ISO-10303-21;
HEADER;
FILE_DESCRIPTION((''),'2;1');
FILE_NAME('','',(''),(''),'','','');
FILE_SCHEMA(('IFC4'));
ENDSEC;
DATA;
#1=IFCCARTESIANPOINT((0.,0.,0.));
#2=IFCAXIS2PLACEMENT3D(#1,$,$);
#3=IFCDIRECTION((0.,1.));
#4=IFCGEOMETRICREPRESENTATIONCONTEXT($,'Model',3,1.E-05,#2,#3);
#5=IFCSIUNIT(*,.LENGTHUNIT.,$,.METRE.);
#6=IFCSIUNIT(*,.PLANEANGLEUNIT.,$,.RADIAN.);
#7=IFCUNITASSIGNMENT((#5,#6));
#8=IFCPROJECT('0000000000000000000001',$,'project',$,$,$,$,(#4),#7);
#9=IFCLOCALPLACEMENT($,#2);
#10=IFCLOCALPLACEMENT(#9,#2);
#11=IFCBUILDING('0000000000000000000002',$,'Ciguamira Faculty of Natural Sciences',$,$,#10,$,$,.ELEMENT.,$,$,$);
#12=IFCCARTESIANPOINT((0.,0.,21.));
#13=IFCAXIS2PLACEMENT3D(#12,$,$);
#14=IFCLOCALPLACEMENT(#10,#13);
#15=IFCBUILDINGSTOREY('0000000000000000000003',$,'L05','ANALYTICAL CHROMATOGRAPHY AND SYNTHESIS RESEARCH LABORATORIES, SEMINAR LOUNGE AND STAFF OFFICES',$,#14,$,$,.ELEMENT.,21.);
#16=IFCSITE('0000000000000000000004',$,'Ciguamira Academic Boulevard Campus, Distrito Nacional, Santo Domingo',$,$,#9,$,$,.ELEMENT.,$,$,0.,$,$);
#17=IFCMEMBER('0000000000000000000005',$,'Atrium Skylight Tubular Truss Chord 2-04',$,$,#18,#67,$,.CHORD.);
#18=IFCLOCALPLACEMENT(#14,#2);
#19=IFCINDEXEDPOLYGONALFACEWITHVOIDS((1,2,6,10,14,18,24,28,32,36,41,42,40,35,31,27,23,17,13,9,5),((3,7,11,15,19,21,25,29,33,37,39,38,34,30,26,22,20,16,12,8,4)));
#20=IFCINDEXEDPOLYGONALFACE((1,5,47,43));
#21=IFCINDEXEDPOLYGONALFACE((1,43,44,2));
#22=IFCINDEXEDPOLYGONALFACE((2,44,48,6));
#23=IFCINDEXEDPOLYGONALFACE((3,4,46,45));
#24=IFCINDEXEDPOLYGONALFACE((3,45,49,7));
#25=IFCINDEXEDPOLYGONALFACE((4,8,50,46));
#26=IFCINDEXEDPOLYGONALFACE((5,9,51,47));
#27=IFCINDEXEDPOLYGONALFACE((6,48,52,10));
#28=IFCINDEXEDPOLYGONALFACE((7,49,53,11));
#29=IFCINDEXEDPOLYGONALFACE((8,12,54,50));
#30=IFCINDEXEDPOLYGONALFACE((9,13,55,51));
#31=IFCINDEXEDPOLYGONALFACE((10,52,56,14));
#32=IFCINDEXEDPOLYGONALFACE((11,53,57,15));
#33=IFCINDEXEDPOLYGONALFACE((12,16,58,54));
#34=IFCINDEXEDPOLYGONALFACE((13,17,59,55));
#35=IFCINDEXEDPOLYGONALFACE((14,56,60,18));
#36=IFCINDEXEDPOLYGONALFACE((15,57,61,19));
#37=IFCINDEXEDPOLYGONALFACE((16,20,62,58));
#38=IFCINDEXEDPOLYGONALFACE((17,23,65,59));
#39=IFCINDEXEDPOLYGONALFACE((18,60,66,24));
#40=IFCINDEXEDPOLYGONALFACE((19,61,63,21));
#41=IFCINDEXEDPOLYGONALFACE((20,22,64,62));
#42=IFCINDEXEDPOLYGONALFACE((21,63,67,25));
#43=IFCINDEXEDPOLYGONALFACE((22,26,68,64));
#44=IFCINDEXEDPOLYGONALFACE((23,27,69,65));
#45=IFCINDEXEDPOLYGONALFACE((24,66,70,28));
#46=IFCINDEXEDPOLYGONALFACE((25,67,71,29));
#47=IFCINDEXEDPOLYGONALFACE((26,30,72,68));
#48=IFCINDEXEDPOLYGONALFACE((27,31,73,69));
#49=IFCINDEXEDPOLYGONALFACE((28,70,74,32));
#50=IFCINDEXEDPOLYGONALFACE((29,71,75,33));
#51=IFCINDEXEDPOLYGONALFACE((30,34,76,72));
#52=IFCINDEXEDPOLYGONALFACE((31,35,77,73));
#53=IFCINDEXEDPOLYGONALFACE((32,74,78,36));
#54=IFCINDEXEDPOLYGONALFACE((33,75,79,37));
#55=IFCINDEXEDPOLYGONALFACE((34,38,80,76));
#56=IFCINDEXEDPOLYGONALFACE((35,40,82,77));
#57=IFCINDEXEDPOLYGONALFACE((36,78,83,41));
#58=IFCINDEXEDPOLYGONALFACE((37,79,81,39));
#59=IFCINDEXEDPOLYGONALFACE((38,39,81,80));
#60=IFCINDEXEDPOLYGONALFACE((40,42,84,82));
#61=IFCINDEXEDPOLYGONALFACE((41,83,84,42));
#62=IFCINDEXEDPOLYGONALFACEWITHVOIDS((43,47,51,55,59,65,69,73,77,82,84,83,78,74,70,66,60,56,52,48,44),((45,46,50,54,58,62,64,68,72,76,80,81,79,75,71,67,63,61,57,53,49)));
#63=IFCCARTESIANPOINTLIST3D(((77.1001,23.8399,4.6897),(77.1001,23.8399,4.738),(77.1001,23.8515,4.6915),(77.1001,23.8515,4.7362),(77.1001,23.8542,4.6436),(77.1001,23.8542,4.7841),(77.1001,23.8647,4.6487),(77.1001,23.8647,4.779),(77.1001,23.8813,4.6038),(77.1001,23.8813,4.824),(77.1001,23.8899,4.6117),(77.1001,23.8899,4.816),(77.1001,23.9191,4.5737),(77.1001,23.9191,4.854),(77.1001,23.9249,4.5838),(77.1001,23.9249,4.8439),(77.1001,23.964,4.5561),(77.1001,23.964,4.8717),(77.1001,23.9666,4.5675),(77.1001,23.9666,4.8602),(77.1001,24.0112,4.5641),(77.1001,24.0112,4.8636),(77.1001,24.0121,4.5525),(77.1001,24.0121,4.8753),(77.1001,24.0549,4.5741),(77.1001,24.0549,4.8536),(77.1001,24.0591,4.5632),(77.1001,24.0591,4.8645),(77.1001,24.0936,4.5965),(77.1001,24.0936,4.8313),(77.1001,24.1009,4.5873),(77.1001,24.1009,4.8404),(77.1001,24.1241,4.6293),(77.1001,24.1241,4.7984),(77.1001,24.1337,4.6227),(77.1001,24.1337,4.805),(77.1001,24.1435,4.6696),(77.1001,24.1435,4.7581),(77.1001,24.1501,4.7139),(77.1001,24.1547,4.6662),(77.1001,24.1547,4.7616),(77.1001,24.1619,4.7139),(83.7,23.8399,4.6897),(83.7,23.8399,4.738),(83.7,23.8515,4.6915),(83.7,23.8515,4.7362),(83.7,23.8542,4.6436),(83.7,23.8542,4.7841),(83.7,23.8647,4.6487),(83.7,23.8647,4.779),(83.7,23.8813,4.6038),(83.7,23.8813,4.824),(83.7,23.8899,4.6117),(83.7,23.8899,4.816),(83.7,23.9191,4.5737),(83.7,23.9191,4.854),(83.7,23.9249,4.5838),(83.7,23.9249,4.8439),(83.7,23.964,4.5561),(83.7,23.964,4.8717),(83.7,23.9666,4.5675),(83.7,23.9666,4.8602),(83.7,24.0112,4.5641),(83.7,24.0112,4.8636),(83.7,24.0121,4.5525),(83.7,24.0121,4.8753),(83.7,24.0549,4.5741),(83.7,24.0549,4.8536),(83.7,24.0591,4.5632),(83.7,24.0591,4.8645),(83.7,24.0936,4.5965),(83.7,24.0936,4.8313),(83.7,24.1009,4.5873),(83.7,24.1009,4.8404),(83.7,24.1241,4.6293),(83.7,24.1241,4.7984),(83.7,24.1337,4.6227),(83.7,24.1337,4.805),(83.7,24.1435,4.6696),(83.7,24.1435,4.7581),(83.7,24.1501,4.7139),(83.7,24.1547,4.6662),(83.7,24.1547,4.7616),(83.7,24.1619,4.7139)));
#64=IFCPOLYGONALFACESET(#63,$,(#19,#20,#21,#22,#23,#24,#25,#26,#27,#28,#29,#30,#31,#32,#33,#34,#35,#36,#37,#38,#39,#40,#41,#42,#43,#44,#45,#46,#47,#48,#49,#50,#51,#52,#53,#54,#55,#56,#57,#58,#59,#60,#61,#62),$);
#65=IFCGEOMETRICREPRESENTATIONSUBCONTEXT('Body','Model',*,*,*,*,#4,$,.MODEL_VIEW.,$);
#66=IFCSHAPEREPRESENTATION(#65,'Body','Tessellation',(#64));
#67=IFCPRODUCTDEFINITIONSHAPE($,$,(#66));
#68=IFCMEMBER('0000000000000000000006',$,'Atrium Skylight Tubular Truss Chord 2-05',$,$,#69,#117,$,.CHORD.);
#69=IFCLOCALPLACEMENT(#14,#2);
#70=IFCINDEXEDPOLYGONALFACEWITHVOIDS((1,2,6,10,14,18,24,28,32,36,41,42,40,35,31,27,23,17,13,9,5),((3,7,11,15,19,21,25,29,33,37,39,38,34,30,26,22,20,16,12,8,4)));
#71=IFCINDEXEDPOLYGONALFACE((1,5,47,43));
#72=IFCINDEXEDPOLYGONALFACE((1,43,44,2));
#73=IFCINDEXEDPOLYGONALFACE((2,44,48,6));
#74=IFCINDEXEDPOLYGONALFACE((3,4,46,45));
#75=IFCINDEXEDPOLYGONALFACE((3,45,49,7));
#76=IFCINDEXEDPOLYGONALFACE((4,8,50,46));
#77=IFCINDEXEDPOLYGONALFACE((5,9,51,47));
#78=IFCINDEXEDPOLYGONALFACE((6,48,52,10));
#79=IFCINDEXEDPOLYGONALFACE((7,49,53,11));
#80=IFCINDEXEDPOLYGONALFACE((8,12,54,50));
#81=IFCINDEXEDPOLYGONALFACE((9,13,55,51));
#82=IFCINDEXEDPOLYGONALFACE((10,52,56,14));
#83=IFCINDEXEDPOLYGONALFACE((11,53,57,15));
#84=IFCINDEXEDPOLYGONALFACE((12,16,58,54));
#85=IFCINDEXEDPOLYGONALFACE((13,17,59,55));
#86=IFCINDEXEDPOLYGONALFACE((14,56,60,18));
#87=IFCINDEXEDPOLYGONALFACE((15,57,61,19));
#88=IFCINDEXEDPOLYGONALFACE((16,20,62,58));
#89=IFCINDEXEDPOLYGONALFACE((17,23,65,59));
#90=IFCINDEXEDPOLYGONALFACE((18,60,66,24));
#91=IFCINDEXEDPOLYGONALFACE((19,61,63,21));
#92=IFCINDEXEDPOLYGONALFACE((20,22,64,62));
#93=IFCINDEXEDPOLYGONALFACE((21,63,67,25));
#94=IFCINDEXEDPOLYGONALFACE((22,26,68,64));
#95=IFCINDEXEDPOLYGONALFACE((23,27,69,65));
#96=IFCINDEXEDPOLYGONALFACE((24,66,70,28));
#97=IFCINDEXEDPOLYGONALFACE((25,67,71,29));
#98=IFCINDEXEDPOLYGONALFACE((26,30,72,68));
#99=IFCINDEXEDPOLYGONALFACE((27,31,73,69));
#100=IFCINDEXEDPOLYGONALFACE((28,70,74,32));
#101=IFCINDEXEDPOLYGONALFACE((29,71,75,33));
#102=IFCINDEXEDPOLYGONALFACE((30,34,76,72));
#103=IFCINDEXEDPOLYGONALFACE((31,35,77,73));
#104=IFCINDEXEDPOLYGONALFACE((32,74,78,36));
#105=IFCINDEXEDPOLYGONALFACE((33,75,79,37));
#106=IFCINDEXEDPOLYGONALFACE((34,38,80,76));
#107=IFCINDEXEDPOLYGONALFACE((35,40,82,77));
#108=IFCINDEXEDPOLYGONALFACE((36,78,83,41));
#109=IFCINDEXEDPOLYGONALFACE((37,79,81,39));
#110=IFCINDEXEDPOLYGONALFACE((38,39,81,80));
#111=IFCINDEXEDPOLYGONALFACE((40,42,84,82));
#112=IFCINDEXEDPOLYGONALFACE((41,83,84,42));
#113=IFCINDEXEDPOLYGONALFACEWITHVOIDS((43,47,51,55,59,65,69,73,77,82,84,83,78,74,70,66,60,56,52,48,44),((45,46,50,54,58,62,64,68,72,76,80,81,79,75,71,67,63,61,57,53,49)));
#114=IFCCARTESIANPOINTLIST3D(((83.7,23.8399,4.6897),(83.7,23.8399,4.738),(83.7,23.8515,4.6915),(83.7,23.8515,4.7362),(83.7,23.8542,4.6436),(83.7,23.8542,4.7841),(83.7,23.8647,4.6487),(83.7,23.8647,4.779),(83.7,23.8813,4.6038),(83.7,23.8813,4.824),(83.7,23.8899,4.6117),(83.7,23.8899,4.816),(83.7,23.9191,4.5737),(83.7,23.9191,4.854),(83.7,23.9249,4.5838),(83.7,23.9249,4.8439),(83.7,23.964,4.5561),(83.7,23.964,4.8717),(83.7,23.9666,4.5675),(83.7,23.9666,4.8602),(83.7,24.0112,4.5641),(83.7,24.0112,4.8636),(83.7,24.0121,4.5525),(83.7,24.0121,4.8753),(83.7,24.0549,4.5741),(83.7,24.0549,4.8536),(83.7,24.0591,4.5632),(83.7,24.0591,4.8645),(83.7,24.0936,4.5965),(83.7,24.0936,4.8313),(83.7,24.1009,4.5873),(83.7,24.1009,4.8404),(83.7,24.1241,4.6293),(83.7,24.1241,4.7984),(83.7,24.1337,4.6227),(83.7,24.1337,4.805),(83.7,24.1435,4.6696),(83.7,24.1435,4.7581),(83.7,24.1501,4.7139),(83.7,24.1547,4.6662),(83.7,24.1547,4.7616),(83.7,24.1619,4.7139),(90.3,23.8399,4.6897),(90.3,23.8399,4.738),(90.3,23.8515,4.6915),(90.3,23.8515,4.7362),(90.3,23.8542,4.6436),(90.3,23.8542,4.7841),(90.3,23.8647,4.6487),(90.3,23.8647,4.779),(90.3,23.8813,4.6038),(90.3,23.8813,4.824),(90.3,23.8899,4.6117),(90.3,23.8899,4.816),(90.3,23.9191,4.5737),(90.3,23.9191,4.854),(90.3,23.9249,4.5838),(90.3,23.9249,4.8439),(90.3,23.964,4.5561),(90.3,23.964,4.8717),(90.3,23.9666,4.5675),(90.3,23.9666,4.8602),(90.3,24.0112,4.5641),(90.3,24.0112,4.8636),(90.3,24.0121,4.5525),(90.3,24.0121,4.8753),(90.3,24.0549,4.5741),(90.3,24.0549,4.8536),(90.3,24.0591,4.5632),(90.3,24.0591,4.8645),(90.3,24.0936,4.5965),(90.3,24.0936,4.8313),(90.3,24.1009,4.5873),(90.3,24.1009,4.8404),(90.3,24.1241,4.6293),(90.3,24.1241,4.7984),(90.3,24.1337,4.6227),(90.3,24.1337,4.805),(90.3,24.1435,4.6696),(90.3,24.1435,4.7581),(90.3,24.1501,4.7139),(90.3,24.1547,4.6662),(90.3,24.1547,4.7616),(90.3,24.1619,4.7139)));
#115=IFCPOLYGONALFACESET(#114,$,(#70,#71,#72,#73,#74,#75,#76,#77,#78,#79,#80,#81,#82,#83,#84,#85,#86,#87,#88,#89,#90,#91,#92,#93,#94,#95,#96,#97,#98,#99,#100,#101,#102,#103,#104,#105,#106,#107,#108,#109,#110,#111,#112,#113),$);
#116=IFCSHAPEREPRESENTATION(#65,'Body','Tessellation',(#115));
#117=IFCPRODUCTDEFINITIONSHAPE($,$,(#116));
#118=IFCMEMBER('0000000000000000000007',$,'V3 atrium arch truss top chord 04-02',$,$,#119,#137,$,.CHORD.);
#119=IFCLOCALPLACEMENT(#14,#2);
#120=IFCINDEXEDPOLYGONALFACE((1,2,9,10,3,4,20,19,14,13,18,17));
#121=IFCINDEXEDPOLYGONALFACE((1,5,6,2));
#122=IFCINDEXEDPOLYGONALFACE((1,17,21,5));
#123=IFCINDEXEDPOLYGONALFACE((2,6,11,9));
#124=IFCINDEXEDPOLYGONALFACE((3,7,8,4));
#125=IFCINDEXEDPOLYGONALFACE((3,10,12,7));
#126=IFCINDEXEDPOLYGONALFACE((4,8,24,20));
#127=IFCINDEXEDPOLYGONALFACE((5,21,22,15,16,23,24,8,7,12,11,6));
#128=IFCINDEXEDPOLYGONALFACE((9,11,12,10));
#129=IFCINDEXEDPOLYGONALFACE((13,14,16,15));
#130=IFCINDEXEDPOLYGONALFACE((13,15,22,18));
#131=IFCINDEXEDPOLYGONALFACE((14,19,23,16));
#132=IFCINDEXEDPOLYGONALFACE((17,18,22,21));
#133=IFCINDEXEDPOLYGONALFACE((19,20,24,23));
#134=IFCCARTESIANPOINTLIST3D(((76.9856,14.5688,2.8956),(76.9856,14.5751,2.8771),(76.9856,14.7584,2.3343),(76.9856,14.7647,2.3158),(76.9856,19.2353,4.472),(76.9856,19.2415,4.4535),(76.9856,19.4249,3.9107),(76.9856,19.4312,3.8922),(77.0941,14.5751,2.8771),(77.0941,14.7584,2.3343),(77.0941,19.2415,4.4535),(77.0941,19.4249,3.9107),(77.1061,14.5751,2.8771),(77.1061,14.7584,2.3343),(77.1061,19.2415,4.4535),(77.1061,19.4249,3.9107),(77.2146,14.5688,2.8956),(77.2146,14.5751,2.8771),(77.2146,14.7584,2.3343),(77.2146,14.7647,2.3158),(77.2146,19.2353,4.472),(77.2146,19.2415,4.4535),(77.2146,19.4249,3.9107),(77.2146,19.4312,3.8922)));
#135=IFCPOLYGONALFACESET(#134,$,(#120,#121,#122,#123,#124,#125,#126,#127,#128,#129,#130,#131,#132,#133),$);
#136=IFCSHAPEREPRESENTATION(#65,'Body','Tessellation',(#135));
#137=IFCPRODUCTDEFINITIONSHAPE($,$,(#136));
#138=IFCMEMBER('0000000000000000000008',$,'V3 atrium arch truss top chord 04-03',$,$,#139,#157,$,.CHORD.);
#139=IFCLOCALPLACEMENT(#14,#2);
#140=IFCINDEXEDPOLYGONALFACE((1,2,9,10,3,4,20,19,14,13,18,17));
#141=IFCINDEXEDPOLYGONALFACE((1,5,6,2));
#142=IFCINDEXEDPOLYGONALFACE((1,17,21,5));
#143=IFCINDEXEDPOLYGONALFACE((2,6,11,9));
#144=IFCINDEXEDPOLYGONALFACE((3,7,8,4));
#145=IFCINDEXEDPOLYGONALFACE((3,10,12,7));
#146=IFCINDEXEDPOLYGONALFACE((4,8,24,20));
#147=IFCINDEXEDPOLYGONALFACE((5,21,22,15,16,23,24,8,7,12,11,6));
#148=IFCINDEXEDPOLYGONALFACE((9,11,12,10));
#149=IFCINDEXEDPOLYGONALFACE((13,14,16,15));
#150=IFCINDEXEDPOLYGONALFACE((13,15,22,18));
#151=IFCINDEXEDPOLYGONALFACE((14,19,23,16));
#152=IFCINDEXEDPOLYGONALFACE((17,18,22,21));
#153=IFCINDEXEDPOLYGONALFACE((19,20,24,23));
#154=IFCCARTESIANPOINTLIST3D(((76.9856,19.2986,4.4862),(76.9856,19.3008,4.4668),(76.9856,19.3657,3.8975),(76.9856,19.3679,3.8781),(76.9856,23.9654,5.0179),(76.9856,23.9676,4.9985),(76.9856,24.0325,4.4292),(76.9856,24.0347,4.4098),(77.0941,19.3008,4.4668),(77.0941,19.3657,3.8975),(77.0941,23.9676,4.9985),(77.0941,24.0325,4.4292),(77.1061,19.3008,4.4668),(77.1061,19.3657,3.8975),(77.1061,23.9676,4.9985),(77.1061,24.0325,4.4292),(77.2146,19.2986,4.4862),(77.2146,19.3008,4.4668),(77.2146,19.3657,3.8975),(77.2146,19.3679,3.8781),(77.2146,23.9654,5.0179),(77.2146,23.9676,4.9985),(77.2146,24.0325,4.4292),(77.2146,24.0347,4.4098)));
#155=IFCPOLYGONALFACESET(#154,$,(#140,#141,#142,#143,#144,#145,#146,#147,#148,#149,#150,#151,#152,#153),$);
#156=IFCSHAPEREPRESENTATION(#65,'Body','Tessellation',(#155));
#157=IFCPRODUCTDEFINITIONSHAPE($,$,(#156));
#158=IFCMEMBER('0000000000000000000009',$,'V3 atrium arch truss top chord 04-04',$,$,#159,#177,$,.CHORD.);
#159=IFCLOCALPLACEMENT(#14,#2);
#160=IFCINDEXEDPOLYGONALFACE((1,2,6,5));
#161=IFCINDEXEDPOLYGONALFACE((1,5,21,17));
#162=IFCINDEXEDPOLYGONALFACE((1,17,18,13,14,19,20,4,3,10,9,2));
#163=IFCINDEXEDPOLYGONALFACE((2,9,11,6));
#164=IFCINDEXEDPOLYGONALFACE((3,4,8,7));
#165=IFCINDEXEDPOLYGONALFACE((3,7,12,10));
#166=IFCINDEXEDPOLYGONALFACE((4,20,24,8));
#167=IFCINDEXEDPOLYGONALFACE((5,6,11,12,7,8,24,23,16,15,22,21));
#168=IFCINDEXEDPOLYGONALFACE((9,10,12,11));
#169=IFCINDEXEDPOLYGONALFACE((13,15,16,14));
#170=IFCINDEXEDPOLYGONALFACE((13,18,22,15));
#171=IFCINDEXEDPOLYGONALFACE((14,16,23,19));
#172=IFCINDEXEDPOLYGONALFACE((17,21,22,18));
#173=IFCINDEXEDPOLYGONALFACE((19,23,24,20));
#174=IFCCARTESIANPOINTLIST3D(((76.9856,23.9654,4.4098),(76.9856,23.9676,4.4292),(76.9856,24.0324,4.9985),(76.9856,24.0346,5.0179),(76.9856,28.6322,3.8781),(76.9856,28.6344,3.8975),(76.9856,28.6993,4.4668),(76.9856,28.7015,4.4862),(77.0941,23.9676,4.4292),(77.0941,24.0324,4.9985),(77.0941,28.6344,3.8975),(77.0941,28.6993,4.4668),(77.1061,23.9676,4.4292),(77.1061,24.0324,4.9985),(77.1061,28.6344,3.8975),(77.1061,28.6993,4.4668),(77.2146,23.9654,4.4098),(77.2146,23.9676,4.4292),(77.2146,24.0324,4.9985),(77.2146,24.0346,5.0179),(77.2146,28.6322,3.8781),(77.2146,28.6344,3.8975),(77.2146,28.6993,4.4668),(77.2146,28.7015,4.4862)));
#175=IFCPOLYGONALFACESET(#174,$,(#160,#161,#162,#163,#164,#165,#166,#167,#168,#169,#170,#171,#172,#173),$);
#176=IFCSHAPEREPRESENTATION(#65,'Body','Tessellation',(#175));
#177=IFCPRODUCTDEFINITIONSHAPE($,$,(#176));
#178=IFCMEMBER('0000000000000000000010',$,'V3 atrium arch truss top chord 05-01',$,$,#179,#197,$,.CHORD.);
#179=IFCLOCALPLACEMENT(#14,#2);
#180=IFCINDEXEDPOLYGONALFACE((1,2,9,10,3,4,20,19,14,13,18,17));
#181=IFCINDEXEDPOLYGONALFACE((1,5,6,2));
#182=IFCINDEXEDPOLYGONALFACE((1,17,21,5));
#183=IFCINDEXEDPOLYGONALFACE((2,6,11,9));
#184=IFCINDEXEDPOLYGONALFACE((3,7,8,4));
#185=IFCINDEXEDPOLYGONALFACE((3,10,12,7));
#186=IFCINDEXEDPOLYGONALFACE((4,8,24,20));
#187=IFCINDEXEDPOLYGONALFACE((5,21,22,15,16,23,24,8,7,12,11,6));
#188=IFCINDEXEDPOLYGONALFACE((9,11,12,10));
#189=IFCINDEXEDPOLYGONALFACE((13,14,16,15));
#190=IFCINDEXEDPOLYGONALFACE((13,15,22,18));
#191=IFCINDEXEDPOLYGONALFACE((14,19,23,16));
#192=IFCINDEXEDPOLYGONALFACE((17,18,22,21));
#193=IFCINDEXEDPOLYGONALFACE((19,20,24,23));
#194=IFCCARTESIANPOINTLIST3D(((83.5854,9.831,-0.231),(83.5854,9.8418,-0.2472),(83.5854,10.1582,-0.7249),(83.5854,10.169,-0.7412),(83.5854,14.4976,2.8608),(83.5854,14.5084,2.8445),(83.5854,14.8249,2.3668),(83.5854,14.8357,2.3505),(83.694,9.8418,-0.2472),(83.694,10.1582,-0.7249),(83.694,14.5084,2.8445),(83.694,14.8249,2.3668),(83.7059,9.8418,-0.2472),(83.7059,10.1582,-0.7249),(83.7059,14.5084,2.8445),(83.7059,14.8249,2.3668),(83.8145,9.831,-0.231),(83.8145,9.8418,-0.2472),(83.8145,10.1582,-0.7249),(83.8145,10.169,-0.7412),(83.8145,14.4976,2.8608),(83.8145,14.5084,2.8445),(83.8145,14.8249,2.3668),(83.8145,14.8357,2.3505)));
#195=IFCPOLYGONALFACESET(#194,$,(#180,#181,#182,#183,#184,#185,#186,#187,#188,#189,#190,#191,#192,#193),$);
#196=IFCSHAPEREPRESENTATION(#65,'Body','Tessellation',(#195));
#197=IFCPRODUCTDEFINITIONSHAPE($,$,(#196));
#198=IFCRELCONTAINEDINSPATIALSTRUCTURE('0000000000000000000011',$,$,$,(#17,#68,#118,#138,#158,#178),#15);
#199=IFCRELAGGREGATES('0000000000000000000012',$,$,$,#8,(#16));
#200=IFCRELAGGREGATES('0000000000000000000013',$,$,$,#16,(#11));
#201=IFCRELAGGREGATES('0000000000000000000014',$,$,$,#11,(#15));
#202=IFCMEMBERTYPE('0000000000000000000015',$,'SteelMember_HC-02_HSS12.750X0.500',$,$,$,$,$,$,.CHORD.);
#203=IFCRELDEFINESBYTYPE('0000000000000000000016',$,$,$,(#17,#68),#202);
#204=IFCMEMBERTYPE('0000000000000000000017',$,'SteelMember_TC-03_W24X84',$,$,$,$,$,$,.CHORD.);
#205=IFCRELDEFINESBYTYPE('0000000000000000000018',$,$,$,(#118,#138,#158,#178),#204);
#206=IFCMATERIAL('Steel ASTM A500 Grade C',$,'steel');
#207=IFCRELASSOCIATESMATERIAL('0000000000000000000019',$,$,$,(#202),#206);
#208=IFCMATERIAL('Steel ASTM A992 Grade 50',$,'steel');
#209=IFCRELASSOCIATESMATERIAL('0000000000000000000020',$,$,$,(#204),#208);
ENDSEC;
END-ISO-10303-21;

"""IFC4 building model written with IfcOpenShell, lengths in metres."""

from ifc_helpers import new_model, si_unit, direction, frame, origin, origin_2d, place, context, subcontext, project, spatial, hollow_circle, i_section, extrude, material, material_profile, profile_set, type_object, element, save


model = new_model("IFC4")

# Units and contexts
model_context = context("Model", 3, precision=1e-05, world=origin(), true_north=direction((0.0, 1.0)))
body_context = subcontext(model_context, "Body", "Model", "MODEL_VIEW")
ifc_project = project(units=[si_unit("LENGTHUNIT", "METRE"), si_unit("PLANEANGLEUNIT", "RADIAN")], contexts=[model_context])

# Site, building, storey
site_placement = place(None, origin())
site = spatial("IfcSite", under=ifc_project, at=site_placement, Name="Ciguamira Academic Boulevard Campus, Distrito Nacional, Santo Domingo", CompositionType="ELEMENT", RefElevation=0.0)
building_placement = place(site_placement, origin())
building = spatial("IfcBuilding", under=site, at=building_placement, Name="Ciguamira Faculty of Natural Sciences", CompositionType="ELEMENT")
storey_placement = place(building_placement, frame((0.0, 0.0, 21.0)))
storey = spatial("IfcBuildingStorey", under=building, at=storey_placement, Name="L05", Description="ANALYTICAL CHROMATOGRAPHY AND SYNTHESIS RESEARCH LABORATORIES, SEMINAR LOUNGE AND STAFF OFFICES", CompositionType="ELEMENT", Elevation=21.0)

# Shared definitions
ifc_material_1 = material(Name="Steel ASTM A992 Grade 50", Category="steel")

# Members
ifc_material_2 = material(Name="Steel ASTM A500 Grade C", Category="steel")
ifc_material_profile_1 = material_profile(ifc_material_2, hollow_circle(Radius=0.1619, WallThickness=0.0117, at=origin_2d()), Name="HSS12.750X0.500")
ifc_profile_set_1 = profile_set([ifc_material_profile_1], Name="Steel ASTM A500 Grade C")
member_type_1 = type_object("IfcMemberType", Name="SteelMember_HC-02_HSS12.750X0.500", PredefinedType="CHORD", material=ifc_profile_set_1)
member_1_placement = place(storey_placement, frame((77.1001, 24.0, 4.7139), z_axis=(1.0, 0.0, 0.0), x_axis=(0.0, 1.0, 0.0)))
element("IfcMember", 1, at=member_1_placement, inside=storey, type_object=member_type_1, Name="Atrium Skylight Tubular Truss Chord 2-04", PredefinedType="CHORD", context=body_context, shape_type="SweptSolid", body=[
    extrude(hollow_circle(Radius=0.1619, WallThickness=0.0117, at=origin_2d()), origin(), (0.0, 0.0, 1.0), 6.5999),
])
member_2_placement = place(storey_placement, frame((83.7, 24.0, 4.7139), z_axis=(1.0, 0.0, 0.0), x_axis=(0.0, 1.0, 0.0)))
element("IfcMember", 2, at=member_2_placement, inside=storey, type_object=member_type_1, Name="Atrium Skylight Tubular Truss Chord 2-05", PredefinedType="CHORD", context=body_context, shape_type="SweptSolid", body=[
    extrude(hollow_circle(Radius=0.1619, WallThickness=0.0117, at=origin_2d()), origin(), (0.0, 0.0, 1.0), 6.6001),
])
ifc_material_profile_2 = material_profile(ifc_material_1, i_section(OverallWidth=0.229, OverallDepth=0.6121, WebThickness=0.012, FlangeThickness=0.0195, at=origin_2d()), Name="W24X84")
ifc_profile_set_2 = profile_set([ifc_material_profile_2], Name="Steel ASTM A992 Grade 50")
member_type_2 = type_object("IfcMemberType", Name="SteelMember_TC-03_W24X84", PredefinedType="CHORD", material=ifc_profile_set_2)
member_3_placement = place(storey_placement, frame((77.1001, 14.6667, 2.6057), z_axis=(0.0, 0.947402, 0.320047), x_axis=(-1.0, 0.0, 0.0)))
element("IfcMember", 3, at=member_3_placement, inside=storey, type_object=member_type_2, Name="V3 atrium arch truss top chord 04-02", PredefinedType="CHORD", context=body_context, shape_type="SweptSolid", body=[
    extrude(i_section(OverallWidth=0.229, OverallDepth=0.6121, WebThickness=0.012, FlangeThickness=0.0195, at=origin_2d()), origin(), (0.0, 0.0, 1.0), 4.9255),
])
for number, where, z_axis, x_axis, name in (
    (4, (77.1001, 19.3333, 4.1821), (0.0, 0.993571, 0.113209), (-1.0, 0.0, 0.0), "V3 atrium arch truss top chord 04-03"),
    (5, (77.1001, 24.0, 4.7139), (0.0, 0.993571, -0.113209), (-1.0, 0.0, 0.0), "V3 atrium arch truss top chord 04-04"),
):
    element("IfcMember", number, at=place(storey_placement, frame(where, z_axis=z_axis, x_axis=x_axis)), inside=storey, type_object=member_type_2, Name=name, PredefinedType="CHORD", context=body_context, shape_type="SweptSolid", body=[
        extrude(i_section(OverallWidth=0.229, OverallDepth=0.6121, WebThickness=0.012, FlangeThickness=0.0195, at=origin_2d()), origin(), (0.0, 0.0, 1.0), 4.697),
    ])
member_4_placement = place(storey_placement, frame((83.7, 10.0, -0.4861), z_axis=(0.0, 0.833644, 0.552303), x_axis=(-1.0, 0.0, 0.0)))
element("IfcMember", 6, at=member_4_placement, inside=storey, type_object=member_type_2, Name="V3 atrium arch truss top chord 05-01", PredefinedType="CHORD", context=body_context, shape_type="SweptSolid", body=[
    extrude(i_section(OverallWidth=0.229, OverallDepth=0.6121, WebThickness=0.012, FlangeThickness=0.0195, at=origin_2d()), origin(), (0.0, 0.0, 1.0), 5.5979),
])

save(model, "model.ifc")
